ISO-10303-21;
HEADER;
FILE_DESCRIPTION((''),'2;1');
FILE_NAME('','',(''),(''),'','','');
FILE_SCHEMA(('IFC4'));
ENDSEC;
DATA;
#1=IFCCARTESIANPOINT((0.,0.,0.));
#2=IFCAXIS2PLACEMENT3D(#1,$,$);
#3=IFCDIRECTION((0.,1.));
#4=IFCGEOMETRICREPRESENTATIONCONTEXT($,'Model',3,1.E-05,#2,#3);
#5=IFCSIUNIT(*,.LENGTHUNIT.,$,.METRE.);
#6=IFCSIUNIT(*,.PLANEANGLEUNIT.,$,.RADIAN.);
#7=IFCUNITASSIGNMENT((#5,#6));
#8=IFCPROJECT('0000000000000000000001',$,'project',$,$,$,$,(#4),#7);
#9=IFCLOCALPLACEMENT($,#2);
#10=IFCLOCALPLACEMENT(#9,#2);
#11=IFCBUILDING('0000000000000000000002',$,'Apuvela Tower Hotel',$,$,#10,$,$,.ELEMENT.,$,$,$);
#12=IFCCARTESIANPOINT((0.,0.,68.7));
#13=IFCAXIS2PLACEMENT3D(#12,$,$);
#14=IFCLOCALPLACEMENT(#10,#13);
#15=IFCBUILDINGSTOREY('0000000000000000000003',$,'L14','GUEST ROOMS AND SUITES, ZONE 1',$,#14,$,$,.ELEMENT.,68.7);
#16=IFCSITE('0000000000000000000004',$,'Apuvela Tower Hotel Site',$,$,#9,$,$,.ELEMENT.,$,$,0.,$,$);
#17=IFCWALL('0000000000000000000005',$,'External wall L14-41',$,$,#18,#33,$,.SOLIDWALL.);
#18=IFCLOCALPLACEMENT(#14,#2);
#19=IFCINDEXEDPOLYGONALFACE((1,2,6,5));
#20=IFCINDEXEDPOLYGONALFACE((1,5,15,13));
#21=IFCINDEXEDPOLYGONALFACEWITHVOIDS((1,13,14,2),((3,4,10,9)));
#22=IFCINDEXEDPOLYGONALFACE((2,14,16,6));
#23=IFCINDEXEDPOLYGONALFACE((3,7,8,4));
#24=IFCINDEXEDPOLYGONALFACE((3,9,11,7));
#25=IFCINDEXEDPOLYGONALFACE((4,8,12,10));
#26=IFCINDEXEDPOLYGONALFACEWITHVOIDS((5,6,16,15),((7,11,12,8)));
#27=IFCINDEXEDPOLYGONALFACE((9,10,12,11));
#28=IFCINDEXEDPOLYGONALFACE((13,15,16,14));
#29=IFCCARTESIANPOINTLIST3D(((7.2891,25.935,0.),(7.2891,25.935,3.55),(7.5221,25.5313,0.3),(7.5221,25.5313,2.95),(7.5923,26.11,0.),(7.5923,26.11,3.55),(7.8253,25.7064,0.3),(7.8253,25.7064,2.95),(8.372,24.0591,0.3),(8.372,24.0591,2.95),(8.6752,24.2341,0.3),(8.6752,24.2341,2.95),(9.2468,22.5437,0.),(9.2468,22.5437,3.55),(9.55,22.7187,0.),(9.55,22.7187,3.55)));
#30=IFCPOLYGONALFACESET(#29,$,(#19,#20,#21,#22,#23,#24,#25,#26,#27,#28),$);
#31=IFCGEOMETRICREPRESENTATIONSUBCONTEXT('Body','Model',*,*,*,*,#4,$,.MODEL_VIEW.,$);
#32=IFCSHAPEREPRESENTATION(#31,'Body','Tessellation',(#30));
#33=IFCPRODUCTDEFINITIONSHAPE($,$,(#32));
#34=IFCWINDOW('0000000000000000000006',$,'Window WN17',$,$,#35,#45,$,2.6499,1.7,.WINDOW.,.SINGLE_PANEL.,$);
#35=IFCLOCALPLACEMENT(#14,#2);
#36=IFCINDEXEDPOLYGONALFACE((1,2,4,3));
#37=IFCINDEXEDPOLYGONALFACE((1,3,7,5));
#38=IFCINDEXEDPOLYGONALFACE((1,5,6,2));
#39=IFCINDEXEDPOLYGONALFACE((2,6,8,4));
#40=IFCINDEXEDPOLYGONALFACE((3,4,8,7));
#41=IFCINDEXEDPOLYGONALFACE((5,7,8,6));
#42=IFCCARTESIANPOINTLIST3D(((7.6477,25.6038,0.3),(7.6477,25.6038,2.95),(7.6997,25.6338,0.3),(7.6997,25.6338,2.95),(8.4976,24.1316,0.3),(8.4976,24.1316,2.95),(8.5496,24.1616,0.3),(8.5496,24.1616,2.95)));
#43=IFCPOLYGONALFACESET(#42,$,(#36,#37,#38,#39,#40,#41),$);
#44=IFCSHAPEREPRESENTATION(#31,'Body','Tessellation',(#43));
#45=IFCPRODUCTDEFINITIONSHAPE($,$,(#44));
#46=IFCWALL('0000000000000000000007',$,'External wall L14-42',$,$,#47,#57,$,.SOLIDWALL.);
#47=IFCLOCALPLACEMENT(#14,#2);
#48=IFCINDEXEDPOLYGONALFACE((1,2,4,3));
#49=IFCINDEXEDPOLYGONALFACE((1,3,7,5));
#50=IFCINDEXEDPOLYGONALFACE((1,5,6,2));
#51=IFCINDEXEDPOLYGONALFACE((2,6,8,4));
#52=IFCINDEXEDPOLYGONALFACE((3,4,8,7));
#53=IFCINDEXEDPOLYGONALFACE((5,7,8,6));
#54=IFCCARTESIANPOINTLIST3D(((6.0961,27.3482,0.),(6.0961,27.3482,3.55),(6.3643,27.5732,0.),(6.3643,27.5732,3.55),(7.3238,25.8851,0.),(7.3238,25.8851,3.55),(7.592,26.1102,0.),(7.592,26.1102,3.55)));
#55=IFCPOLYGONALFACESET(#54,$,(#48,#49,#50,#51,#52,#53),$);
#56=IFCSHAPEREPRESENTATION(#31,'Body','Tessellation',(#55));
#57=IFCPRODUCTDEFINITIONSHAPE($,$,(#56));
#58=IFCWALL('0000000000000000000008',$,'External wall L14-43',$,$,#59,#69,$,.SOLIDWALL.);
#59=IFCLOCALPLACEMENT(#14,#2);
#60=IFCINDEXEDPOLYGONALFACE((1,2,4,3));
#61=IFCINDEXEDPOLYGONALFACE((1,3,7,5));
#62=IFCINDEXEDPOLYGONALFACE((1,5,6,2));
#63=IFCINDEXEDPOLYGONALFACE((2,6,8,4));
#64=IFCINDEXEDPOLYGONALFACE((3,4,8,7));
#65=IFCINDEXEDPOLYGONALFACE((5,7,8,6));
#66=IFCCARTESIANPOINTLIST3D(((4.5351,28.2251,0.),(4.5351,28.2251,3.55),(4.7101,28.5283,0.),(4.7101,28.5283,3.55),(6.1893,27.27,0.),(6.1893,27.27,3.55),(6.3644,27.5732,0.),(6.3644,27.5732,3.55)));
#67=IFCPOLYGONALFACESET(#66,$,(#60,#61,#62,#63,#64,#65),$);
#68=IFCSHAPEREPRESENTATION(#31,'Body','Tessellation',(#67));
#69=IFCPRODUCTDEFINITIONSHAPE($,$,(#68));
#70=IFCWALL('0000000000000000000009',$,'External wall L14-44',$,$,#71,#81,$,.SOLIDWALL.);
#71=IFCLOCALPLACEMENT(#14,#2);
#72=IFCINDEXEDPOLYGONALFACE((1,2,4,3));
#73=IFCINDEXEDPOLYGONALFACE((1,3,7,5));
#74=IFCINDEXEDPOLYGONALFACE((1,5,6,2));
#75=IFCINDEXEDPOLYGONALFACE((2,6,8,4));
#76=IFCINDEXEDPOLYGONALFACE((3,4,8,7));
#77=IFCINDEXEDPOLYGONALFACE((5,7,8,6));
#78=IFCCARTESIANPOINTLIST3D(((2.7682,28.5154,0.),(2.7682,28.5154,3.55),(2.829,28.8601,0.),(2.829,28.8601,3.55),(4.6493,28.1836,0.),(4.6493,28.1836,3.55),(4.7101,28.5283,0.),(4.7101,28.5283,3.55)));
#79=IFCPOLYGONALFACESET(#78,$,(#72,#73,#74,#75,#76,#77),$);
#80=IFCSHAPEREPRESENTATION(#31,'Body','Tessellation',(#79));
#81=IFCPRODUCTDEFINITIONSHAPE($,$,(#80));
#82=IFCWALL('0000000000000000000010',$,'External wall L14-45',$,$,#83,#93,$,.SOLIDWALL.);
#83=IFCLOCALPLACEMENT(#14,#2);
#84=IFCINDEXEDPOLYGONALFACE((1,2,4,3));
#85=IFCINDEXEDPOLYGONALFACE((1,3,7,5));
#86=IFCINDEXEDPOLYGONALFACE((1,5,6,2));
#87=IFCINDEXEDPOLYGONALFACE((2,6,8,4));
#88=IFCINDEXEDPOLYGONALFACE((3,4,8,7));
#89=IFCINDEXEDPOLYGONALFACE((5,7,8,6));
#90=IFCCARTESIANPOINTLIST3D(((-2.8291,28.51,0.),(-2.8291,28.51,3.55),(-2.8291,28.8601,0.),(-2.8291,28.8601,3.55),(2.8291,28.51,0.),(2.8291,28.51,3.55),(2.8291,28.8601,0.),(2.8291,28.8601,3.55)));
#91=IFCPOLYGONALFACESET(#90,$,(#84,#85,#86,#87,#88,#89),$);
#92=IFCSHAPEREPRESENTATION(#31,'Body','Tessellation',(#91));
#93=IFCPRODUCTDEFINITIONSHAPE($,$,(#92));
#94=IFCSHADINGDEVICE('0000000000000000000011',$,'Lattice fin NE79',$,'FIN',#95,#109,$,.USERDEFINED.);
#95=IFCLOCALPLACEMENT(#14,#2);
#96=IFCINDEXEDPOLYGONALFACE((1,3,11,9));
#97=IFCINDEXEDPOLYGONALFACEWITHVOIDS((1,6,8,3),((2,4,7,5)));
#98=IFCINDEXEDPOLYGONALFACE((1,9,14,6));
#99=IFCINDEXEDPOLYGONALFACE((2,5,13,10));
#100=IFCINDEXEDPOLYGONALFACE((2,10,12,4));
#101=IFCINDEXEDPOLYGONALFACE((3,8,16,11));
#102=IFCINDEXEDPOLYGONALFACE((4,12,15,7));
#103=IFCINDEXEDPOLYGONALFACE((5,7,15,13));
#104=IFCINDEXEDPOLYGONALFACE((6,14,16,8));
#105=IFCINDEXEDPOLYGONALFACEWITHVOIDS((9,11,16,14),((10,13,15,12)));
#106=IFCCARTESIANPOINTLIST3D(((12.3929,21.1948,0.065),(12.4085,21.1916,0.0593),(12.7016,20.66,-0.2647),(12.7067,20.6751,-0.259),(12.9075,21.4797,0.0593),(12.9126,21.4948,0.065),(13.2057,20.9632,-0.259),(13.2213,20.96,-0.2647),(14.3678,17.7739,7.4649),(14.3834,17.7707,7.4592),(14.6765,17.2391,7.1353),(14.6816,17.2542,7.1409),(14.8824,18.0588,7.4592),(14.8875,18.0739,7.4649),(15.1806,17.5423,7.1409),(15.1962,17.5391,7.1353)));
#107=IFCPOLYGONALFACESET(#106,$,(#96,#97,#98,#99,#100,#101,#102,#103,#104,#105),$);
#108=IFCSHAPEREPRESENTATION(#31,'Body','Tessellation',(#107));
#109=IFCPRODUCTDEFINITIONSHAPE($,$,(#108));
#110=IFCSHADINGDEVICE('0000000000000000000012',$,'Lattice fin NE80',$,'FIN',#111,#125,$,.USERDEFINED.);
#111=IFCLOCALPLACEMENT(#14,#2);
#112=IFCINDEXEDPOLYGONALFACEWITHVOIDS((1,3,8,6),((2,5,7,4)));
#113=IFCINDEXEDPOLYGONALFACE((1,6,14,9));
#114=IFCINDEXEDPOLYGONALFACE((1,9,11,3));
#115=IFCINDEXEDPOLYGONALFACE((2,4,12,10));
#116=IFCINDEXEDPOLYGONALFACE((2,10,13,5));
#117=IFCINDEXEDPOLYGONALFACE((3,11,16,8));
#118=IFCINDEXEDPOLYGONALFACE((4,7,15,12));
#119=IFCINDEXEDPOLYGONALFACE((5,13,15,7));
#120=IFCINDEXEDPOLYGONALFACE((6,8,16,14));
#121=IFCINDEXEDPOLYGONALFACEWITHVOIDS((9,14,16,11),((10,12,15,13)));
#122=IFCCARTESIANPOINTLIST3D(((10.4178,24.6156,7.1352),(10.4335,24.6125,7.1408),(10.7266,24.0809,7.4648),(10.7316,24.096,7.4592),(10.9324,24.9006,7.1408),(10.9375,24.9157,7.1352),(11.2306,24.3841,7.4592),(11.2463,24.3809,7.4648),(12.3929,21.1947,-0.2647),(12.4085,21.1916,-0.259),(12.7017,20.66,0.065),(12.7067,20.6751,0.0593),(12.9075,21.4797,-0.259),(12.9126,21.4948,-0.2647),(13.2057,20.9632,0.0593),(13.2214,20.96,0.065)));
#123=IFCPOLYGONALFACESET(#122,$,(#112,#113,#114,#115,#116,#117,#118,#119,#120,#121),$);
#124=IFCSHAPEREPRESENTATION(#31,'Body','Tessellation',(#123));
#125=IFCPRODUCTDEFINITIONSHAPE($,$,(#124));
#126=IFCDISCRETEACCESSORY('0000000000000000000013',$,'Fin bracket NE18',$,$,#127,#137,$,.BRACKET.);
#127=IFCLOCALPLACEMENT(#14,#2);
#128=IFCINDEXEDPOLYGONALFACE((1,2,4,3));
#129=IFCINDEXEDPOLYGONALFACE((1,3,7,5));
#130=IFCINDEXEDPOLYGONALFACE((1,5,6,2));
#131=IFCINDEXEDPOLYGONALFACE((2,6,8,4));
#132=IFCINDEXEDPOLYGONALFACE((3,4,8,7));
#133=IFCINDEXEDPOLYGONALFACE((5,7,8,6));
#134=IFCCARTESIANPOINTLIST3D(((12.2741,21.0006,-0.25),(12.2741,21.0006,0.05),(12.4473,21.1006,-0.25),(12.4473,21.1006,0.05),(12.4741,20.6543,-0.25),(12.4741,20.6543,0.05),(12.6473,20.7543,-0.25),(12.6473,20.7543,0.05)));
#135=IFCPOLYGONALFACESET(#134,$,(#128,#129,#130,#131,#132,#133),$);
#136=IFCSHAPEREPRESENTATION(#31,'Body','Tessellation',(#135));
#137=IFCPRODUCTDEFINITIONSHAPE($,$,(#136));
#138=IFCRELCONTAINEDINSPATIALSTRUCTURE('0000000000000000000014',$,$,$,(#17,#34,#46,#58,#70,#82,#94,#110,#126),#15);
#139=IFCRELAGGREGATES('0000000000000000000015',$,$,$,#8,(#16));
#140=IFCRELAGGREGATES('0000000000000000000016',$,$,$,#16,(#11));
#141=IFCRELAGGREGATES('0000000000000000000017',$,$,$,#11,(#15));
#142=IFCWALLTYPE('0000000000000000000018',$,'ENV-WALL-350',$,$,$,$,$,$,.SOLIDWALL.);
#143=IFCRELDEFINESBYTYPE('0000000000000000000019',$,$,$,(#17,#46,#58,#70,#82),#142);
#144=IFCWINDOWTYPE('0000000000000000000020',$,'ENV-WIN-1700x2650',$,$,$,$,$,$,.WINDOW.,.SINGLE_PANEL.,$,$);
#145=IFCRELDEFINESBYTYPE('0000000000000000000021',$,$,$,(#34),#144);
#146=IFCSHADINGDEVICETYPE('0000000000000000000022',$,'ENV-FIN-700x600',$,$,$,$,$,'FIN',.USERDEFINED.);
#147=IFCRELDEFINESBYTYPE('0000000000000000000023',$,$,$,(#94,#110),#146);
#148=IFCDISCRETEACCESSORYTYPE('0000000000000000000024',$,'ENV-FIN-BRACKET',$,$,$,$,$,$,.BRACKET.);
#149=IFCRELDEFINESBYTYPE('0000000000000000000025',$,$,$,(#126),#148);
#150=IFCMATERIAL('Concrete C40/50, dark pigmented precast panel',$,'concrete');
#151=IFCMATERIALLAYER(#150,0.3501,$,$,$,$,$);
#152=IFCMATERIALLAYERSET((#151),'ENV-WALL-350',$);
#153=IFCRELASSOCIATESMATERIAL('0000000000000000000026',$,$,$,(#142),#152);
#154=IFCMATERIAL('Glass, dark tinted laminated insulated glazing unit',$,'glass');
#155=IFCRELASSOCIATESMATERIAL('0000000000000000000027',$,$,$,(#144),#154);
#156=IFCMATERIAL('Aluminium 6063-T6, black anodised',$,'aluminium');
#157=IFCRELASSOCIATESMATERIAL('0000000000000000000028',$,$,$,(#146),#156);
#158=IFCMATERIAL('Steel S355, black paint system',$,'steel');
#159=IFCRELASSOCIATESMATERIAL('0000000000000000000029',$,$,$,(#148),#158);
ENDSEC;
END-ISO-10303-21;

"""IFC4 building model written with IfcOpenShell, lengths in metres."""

from ifc_helpers import new_model, si_unit, direction, frame, frame_2d, origin, origin_2d, place, context, subcontext, project, spatial, rectangle, hollow_rectangle, extrude, material, layer, layer_set, material_profile, profile_set, type_object, element, fill, save


model = new_model("IFC4")

# Units and contexts
model_context = context("Model", 3, precision=1e-05, world=origin(), true_north=direction((0.0, 1.0)))
body_context = subcontext(model_context, "Body", "Model", "MODEL_VIEW")
ifc_project = project(units=[si_unit("LENGTHUNIT", "METRE"), si_unit("PLANEANGLEUNIT", "RADIAN")], contexts=[model_context])

# Site, building, storey
site_placement = place(None, origin())
site = spatial("IfcSite", under=ifc_project, at=site_placement, Name="Apuvela Tower Hotel Site", CompositionType="ELEMENT", RefElevation=0.0)
building_placement = place(site_placement, origin())
building = spatial("IfcBuilding", under=site, at=building_placement, Name="Apuvela Tower Hotel", CompositionType="ELEMENT")
storey_placement = place(building_placement, frame((0.0, 0.0, 68.7)))
storey = spatial("IfcBuildingStorey", under=building, at=storey_placement, Name="L14", Description="GUEST ROOMS AND SUITES, ZONE 1", CompositionType="ELEMENT", Elevation=68.7)

# Shared definitions
ifc_material_1 = material(Name="Concrete C40/50, dark pigmented precast panel", Category="concrete")
ifc_layer_1 = layer(ifc_material_1, 0.3501)
ifc_layer_set_1 = layer_set([ifc_layer_1], Name="ENV-WALL-350")
wall_type_1 = type_object("IfcWallType", Name="ENV-WALL-350", PredefinedType="SOLIDWALL", material=ifc_layer_set_1)

# Wall, opening, window
wall_1_placement = place(storey_placement, frame((9.3984, 22.6311, 0.0), z_axis=(0.0, 0.0, 1.0), x_axis=(-0.499955, 0.866052, 0.0)))
wall_1 = element("IfcWall", 1, at=wall_1_placement, inside=storey, type_object=wall_type_1, Name="External wall L14-41", PredefinedType="SOLIDWALL", context=body_context, shape_type="SweptSolid", body=[
    extrude(rectangle(XDim=3.9158, YDim=0.3501, at=frame_2d((1.958, 0.0))), origin(), (0.0, 0.0, 1.0), 3.55),
])
opening_placement = place(wall_1_placement, frame((1.7498, 0.0, 0.3)))
opening = element("IfcOpeningElement", 2, at=opening_placement, cuts=wall_1, PredefinedType="OPENING", context=body_context, shape_type="SweptSolid", body=[
    extrude(rectangle(XDim=1.7, YDim=2.6499, at=frame_2d((0.8501, 1.325))), frame((0.0, 0.1851, 0.0), z_axis=(0.0, -1.0, 0.0), x_axis=(1.0, 0.0, 0.0)), (0.0, 0.0, 1.0), 0.3701),
])
ifc_material_2 = material(Name="Glass, dark tinted laminated insulated glazing unit", Category="glass")
window_type = type_object("IfcWindowType", Name="ENV-WIN-1700x2650", PartitioningType="SINGLE_PANEL", PredefinedType="WINDOW", material=ifc_material_2)
window_placement = place(opening_placement, origin())
window = element("IfcWindow", 3, at=window_placement, inside=storey, type_object=window_type, Name="Window WN17", OverallHeight=2.6499, OverallWidth=1.7, PartitioningType="SINGLE_PANEL", PredefinedType="WINDOW", context=body_context, shape_type="SweptSolid", body=[
    extrude(rectangle(XDim=1.7, YDim=2.6499, at=frame_2d((0.8501, 1.325))), frame((0.0, 0.03, 0.0), z_axis=(0.0, -1.0, 0.0), x_axis=(1.0, 0.0, 0.0)), (0.0, 0.0, 1.0), 0.0601),
])
fill(opening, window)

# Walls
wall_2_placement = place(storey_placement, frame((7.458, 25.9976, 0.0), z_axis=(0.0, 0.0, 1.0), x_axis=(-0.642808, 0.766027, 0.0)))
element("IfcWall", 4, at=wall_2_placement, inside=storey, type_object=wall_type_1, Name="External wall L14-42", PredefinedType="SOLIDWALL", context=body_context, shape_type="SweptSolid", body=[
    extrude(rectangle(XDim=1.9099, YDim=0.3501, at=frame_2d((0.9551, 0.0))), origin(), (0.0, 0.0, 1.0), 3.55),
])
for number, where, z_axis, x_axis, name in (
    (5, (6.2769, 27.4216, 0.0), (0.0, 0.0, 1.0), (-0.866032, 0.499988, 0.0), "External wall L14-43"),
    (6, (4.6797, 28.356, 0.0), (0.0, 0.0, 1.0), (-0.984799, 0.173698, 0.0), "External wall L14-44"),
):
    element("IfcWall", number, at=place(storey_placement, frame(where, z_axis=z_axis, x_axis=x_axis)), inside=storey, type_object=wall_type_1, Name=name, PredefinedType="SOLIDWALL", context=body_context, shape_type="SweptSolid", body=[
        extrude(rectangle(XDim=1.9102, YDim=0.3501, at=frame_2d((0.9551, 0.0))), origin(), (0.0, 0.0, 1.0), 3.55),
    ])
wall_3_placement = place(storey_placement, frame((2.8291, 28.6851, 0.0), z_axis=(0.0, 0.0, 1.0), x_axis=(-1.0, 0.0, 0.0)))
element("IfcWall", 7, at=wall_3_placement, inside=storey, type_object=wall_type_1, Name="External wall L14-45", PredefinedType="SOLIDWALL", context=body_context, shape_type="SweptSolid", body=[
    extrude(rectangle(XDim=5.6582, YDim=0.3501, at=frame_2d((2.8291, 0.0))), origin(), (0.0, 0.0, 1.0), 3.55),
])

# Shading devices
ifc_material_3 = material(Name="Aluminium 6063-T6, black anodised", Category="aluminium")
ifc_material_profile_1 = material_profile(ifc_material_3, hollow_rectangle(XDim=0.6001, YDim=0.7, WallThickness=0.012, at=origin_2d()), Name="AL BOX 700x600x12")
ifc_profile_set_1 = profile_set([ifc_material_profile_1], Name="Aluminium 6063-T6, black anodised")
shading_device_type = type_object("IfcShadingDeviceType", Name="ENV-FIN-700x600", ElementType="FIN", PredefinedType="USERDEFINED", material=ifc_profile_set_1)
for number, where, z_axis, x_axis, name in (
    (8, (12.8071, 21.0774, -0.0999), (0.235434, -0.407825, 0.882185), (0.866048, 0.499961, 0.0), "Lattice fin NE79"),
    (9, (12.8071, 21.0774, -0.0999), (-0.235461, 0.407822, 0.882179), (-0.866021, -0.500008, 0.0), "Lattice fin NE80"),
):
    element("IfcShadingDevice", number, at=place(storey_placement, frame(where, z_axis=z_axis, x_axis=x_axis)), inside=storey, type_object=shading_device_type, Name=name, ObjectType="FIN", PredefinedType="USERDEFINED", context=body_context, shape_type="SweptSolid", body=[
        extrude(hollow_rectangle(XDim=0.6001, YDim=0.7, WallThickness=0.012, at=origin_2d()), origin(), (0.0, 0.0, 1.0), 8.3882),
    ])

# Discrete accessory
ifc_material_4 = material(Name="Steel S355, black paint system", Category="steel")
discrete_accessory_type = type_object("IfcDiscreteAccessoryType", Name="ENV-FIN-BRACKET", PredefinedType="BRACKET", material=ifc_material_4)
discrete_accessory_placement = place(storey_placement, frame((12.4607, 20.8774, -0.25), z_axis=(0.0, 0.0, 1.0), x_axis=(-0.5, 0.866025, 0.0)))
element("IfcDiscreteAccessory", 10, at=discrete_accessory_placement, inside=storey, type_object=discrete_accessory_type, Name="Fin bracket NE18", PredefinedType="BRACKET", context=body_context, shape_type="SweptSolid", body=[
    extrude(rectangle(XDim=0.3999, YDim=0.2, at=origin_2d()), origin(), (0.0, 0.0, 1.0), 0.3),
])

save(model, "model.ifc")
